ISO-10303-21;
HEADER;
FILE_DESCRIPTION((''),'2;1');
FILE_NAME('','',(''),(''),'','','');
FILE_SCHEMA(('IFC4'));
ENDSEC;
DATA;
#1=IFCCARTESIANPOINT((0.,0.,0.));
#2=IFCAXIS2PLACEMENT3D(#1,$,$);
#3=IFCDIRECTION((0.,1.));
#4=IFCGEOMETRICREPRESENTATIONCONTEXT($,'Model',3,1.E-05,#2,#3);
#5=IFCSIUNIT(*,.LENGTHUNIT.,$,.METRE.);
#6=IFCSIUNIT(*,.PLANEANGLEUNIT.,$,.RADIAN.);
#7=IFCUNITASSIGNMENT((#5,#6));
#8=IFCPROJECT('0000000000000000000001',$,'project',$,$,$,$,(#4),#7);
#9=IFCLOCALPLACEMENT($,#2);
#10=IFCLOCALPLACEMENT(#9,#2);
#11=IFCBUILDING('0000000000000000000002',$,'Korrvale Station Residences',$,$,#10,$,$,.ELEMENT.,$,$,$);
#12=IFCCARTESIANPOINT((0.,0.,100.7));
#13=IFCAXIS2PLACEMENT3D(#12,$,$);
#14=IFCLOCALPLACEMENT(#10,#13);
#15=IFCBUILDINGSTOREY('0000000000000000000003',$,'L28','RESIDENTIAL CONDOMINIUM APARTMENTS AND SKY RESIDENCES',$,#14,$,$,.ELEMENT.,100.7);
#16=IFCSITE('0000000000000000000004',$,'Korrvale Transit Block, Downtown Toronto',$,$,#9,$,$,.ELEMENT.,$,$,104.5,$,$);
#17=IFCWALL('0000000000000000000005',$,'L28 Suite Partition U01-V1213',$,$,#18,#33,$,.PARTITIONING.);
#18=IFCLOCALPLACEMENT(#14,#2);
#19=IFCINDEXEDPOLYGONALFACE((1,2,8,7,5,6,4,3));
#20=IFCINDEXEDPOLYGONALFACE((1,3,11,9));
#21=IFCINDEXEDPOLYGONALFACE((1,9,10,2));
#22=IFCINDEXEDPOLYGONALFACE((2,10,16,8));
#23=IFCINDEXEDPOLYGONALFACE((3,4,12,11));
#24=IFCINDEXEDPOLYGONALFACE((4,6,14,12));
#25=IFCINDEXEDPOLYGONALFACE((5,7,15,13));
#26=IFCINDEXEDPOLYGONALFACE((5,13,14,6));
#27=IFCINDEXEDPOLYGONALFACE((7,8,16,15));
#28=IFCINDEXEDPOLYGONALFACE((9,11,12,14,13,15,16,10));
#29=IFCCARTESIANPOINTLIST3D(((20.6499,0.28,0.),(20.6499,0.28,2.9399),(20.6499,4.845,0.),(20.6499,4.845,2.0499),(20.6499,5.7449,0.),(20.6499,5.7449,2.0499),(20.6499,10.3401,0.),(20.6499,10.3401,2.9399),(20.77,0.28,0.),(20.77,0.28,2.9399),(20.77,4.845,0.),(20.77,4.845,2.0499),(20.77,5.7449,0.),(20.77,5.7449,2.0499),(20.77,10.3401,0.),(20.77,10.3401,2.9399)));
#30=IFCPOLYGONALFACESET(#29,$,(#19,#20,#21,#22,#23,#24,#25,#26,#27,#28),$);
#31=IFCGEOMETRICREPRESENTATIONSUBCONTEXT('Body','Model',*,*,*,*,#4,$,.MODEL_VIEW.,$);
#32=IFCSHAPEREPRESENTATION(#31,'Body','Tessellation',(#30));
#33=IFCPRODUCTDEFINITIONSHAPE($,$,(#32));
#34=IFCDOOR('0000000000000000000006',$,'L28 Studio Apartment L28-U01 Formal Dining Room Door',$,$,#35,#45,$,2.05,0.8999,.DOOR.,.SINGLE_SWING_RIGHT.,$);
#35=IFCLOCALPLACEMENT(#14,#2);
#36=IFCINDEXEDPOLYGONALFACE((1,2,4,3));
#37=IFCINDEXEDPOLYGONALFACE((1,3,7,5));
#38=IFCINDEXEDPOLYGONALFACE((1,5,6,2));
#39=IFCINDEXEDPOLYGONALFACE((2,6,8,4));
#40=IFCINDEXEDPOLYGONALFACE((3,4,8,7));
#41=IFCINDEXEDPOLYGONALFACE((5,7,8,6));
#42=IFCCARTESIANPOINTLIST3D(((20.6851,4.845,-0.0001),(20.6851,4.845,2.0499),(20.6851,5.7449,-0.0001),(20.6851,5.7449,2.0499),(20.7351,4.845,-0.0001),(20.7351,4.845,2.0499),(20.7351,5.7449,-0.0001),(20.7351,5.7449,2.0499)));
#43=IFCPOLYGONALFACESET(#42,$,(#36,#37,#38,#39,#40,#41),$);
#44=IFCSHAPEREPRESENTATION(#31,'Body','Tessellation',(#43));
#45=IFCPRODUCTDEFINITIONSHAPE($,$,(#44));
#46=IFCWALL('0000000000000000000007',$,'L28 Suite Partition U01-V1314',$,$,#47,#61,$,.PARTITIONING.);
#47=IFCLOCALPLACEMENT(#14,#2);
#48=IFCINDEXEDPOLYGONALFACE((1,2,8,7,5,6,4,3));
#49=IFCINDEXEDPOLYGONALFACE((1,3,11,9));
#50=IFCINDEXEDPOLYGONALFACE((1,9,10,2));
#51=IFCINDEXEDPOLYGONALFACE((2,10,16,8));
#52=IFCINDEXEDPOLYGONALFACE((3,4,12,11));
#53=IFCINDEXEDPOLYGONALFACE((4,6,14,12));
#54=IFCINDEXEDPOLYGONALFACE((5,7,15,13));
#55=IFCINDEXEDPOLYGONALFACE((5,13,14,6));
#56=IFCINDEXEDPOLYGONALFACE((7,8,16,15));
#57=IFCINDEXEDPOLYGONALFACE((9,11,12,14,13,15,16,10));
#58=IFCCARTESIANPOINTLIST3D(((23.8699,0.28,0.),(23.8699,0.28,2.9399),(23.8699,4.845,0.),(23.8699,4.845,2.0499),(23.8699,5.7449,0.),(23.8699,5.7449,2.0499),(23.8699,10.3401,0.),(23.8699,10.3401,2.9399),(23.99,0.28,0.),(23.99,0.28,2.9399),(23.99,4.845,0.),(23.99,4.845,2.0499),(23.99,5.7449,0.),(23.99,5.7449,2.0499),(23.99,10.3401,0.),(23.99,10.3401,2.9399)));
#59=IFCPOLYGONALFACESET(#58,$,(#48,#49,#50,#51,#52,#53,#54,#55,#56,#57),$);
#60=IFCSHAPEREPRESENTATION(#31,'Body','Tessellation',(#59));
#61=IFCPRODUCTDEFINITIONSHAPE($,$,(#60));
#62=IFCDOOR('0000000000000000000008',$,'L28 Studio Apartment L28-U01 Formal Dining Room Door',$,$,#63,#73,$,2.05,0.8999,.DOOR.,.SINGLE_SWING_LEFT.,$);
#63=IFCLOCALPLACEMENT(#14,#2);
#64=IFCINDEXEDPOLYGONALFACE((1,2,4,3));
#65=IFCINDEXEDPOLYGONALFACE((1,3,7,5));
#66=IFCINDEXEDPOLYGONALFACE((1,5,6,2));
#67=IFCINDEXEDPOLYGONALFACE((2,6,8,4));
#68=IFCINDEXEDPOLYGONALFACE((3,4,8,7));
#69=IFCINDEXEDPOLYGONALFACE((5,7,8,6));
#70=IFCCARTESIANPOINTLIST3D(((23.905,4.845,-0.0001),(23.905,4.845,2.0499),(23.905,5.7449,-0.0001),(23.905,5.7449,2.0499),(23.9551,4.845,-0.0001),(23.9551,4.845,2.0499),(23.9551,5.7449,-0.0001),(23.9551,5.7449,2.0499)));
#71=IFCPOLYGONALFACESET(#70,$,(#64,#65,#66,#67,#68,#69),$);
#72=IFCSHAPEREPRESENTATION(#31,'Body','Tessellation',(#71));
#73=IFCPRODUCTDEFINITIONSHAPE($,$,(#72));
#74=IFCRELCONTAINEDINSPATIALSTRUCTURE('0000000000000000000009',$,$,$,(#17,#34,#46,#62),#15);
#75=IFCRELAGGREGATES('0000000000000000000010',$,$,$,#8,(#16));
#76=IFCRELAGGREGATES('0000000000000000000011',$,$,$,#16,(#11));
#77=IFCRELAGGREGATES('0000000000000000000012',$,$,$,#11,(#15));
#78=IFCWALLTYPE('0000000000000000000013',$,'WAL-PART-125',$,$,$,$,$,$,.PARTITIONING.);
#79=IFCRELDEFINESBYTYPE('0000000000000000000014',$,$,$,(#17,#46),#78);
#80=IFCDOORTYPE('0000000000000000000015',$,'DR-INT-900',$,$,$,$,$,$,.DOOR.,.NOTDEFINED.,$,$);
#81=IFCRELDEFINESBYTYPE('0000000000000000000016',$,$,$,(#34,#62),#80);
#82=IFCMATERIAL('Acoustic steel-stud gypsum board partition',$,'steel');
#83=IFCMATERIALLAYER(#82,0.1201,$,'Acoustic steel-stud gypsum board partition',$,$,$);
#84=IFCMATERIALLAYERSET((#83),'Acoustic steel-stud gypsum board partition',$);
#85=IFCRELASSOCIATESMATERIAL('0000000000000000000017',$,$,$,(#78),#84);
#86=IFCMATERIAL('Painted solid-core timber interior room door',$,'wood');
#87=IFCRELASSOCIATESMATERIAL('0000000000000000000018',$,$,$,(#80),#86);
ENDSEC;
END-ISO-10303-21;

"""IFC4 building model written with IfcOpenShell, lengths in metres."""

from ifc_helpers import new_model, si_unit, direction, frame, frame_2d, origin, place, context, subcontext, project, spatial, rectangle, extrude, material, layer, layer_set, type_object, element, fill, save


model = new_model("IFC4")

# Units and contexts
model_context = context("Model", 3, precision=1e-05, world=origin(), true_north=direction((0.0, 1.0)))
body_context = subcontext(model_context, "Body", "Model", "MODEL_VIEW")
ifc_project = project(units=[si_unit("LENGTHUNIT", "METRE"), si_unit("PLANEANGLEUNIT", "RADIAN")], contexts=[model_context])

# Site, building, storey
site_placement = place(None, origin())
site = spatial("IfcSite", under=ifc_project, at=site_placement, Name="Korrvale Transit Block, Downtown Toronto", CompositionType="ELEMENT", RefElevation=104.5)
building_placement = place(site_placement, origin())
building = spatial("IfcBuilding", under=site, at=building_placement, Name="Korrvale Station Residences", CompositionType="ELEMENT")
storey_placement = place(building_placement, frame((0.0, 0.0, 100.7)))
storey = spatial("IfcBuildingStorey", under=building, at=storey_placement, Name="L28", Description="RESIDENTIAL CONDOMINIUM APARTMENTS AND SKY RESIDENCES", CompositionType="ELEMENT", Elevation=100.7)

# Walls, openings, doors
ifc_material_1 = material(Name="Acoustic steel-stud gypsum board partition", Category="steel")
ifc_layer_1 = layer(ifc_material_1, 0.1201, Name="Acoustic steel-stud gypsum board partition")
ifc_layer_set_1 = layer_set([ifc_layer_1], Name="Acoustic steel-stud gypsum board partition")
wall_type_1 = type_object("IfcWallType", Name="WAL-PART-125", PredefinedType="PARTITIONING", material=ifc_layer_set_1)
ifc_material_2 = material(Name="Painted solid-core timber interior room door", Category="wood")
door_type = type_object("IfcDoorType", Name="DR-INT-900", OperationType="NOTDEFINED", PredefinedType="DOOR", material=ifc_material_2)
wall_1_placement = place(storey_placement, frame((20.71, 0.28, 0.0), z_axis=(0.0, 0.0, 1.0), x_axis=(0.0, 1.0, 0.0)))
wall_1 = element("IfcWall", 1, at=wall_1_placement, inside=storey, type_object=wall_type_1, Name="L28 Suite Partition U01-V1213", PredefinedType="PARTITIONING", context=body_context, shape_type="SweptSolid", body=[
    extrude(rectangle(XDim=10.0601, YDim=0.1201, at=frame_2d((5.03, 0.0))), origin(), (0.0, 0.0, 1.0), 2.9399),
])
opening_1_placement = place(wall_1_placement, frame((4.5649, 0.0, 0.0)))
opening_1 = element("IfcOpeningElement", 2, at=opening_1_placement, cuts=wall_1, PredefinedType="OPENING", context=body_context, shape_type="SweptSolid", body=[
    extrude(rectangle(XDim=0.8999, YDim=2.05, at=frame_2d((0.45, 1.0249))), frame((0.0, 0.0701, 0.0), z_axis=(0.0, -1.0, 0.0), x_axis=(1.0, 0.0, 0.0)), (0.0, 0.0, 1.0), 0.1401),
])
door_1_placement = place(opening_1_placement, origin())
door_1 = element("IfcDoor", 3, at=door_1_placement, inside=storey, type_object=door_type, Name="L28 Studio Apartment L28-U01 Formal Dining Room Door", OperationType="SINGLE_SWING_RIGHT", OverallHeight=2.05, OverallWidth=0.8999, PredefinedType="DOOR", context=body_context, shape_type="SweptSolid", body=[
    extrude(rectangle(XDim=0.8999, YDim=2.05, at=frame_2d((0.45, 1.0249))), frame((0.0, 0.0249, 0.0), z_axis=(0.0, -1.0, 0.0), x_axis=(1.0, 0.0, 0.0)), (0.0, 0.0, 1.0), 0.05),
])
fill(opening_1, door_1)
wall_2_placement = place(storey_placement, frame((23.9299, 0.28, 0.0), z_axis=(0.0, 0.0, 1.0), x_axis=(0.0, 1.0, 0.0)))
wall_2 = element("IfcWall", 4, at=wall_2_placement, inside=storey, type_object=wall_type_1, Name="L28 Suite Partition U01-V1314", PredefinedType="PARTITIONING", context=body_context, shape_type="SweptSolid", body=[
    extrude(rectangle(XDim=10.0601, YDim=0.1201, at=frame_2d((5.03, 0.0))), origin(), (0.0, 0.0, 1.0), 2.9399),
])
opening_2_placement = place(wall_2_placement, frame((4.5649, 0.0, 0.0)))
opening_2 = element("IfcOpeningElement", 5, at=opening_2_placement, cuts=wall_2, PredefinedType="OPENING", context=body_context, shape_type="SweptSolid", body=[
    extrude(rectangle(XDim=0.8999, YDim=2.05, at=frame_2d((0.45, 1.0249))), frame((0.0, 0.0701, 0.0), z_axis=(0.0, -1.0, 0.0), x_axis=(1.0, 0.0, 0.0)), (0.0, 0.0, 1.0), 0.1401),
])
door_2_placement = place(opening_2_placement, origin())
door_2 = element("IfcDoor", 6, at=door_2_placement, inside=storey, type_object=door_type, Name="L28 Studio Apartment L28-U01 Formal Dining Room Door", OperationType="SINGLE_SWING_LEFT", OverallHeight=2.05, OverallWidth=0.8999, PredefinedType="DOOR", context=body_context, shape_type="SweptSolid", body=[
    extrude(rectangle(XDim=0.8999, YDim=2.05, at=frame_2d((0.45, 1.0249))), frame((0.0, 0.0249, 0.0), z_axis=(0.0, -1.0, 0.0), x_axis=(1.0, 0.0, 0.0)), (0.0, 0.0, 1.0), 0.05),
])
fill(opening_2, door_2)

save(model, "model.ifc")
